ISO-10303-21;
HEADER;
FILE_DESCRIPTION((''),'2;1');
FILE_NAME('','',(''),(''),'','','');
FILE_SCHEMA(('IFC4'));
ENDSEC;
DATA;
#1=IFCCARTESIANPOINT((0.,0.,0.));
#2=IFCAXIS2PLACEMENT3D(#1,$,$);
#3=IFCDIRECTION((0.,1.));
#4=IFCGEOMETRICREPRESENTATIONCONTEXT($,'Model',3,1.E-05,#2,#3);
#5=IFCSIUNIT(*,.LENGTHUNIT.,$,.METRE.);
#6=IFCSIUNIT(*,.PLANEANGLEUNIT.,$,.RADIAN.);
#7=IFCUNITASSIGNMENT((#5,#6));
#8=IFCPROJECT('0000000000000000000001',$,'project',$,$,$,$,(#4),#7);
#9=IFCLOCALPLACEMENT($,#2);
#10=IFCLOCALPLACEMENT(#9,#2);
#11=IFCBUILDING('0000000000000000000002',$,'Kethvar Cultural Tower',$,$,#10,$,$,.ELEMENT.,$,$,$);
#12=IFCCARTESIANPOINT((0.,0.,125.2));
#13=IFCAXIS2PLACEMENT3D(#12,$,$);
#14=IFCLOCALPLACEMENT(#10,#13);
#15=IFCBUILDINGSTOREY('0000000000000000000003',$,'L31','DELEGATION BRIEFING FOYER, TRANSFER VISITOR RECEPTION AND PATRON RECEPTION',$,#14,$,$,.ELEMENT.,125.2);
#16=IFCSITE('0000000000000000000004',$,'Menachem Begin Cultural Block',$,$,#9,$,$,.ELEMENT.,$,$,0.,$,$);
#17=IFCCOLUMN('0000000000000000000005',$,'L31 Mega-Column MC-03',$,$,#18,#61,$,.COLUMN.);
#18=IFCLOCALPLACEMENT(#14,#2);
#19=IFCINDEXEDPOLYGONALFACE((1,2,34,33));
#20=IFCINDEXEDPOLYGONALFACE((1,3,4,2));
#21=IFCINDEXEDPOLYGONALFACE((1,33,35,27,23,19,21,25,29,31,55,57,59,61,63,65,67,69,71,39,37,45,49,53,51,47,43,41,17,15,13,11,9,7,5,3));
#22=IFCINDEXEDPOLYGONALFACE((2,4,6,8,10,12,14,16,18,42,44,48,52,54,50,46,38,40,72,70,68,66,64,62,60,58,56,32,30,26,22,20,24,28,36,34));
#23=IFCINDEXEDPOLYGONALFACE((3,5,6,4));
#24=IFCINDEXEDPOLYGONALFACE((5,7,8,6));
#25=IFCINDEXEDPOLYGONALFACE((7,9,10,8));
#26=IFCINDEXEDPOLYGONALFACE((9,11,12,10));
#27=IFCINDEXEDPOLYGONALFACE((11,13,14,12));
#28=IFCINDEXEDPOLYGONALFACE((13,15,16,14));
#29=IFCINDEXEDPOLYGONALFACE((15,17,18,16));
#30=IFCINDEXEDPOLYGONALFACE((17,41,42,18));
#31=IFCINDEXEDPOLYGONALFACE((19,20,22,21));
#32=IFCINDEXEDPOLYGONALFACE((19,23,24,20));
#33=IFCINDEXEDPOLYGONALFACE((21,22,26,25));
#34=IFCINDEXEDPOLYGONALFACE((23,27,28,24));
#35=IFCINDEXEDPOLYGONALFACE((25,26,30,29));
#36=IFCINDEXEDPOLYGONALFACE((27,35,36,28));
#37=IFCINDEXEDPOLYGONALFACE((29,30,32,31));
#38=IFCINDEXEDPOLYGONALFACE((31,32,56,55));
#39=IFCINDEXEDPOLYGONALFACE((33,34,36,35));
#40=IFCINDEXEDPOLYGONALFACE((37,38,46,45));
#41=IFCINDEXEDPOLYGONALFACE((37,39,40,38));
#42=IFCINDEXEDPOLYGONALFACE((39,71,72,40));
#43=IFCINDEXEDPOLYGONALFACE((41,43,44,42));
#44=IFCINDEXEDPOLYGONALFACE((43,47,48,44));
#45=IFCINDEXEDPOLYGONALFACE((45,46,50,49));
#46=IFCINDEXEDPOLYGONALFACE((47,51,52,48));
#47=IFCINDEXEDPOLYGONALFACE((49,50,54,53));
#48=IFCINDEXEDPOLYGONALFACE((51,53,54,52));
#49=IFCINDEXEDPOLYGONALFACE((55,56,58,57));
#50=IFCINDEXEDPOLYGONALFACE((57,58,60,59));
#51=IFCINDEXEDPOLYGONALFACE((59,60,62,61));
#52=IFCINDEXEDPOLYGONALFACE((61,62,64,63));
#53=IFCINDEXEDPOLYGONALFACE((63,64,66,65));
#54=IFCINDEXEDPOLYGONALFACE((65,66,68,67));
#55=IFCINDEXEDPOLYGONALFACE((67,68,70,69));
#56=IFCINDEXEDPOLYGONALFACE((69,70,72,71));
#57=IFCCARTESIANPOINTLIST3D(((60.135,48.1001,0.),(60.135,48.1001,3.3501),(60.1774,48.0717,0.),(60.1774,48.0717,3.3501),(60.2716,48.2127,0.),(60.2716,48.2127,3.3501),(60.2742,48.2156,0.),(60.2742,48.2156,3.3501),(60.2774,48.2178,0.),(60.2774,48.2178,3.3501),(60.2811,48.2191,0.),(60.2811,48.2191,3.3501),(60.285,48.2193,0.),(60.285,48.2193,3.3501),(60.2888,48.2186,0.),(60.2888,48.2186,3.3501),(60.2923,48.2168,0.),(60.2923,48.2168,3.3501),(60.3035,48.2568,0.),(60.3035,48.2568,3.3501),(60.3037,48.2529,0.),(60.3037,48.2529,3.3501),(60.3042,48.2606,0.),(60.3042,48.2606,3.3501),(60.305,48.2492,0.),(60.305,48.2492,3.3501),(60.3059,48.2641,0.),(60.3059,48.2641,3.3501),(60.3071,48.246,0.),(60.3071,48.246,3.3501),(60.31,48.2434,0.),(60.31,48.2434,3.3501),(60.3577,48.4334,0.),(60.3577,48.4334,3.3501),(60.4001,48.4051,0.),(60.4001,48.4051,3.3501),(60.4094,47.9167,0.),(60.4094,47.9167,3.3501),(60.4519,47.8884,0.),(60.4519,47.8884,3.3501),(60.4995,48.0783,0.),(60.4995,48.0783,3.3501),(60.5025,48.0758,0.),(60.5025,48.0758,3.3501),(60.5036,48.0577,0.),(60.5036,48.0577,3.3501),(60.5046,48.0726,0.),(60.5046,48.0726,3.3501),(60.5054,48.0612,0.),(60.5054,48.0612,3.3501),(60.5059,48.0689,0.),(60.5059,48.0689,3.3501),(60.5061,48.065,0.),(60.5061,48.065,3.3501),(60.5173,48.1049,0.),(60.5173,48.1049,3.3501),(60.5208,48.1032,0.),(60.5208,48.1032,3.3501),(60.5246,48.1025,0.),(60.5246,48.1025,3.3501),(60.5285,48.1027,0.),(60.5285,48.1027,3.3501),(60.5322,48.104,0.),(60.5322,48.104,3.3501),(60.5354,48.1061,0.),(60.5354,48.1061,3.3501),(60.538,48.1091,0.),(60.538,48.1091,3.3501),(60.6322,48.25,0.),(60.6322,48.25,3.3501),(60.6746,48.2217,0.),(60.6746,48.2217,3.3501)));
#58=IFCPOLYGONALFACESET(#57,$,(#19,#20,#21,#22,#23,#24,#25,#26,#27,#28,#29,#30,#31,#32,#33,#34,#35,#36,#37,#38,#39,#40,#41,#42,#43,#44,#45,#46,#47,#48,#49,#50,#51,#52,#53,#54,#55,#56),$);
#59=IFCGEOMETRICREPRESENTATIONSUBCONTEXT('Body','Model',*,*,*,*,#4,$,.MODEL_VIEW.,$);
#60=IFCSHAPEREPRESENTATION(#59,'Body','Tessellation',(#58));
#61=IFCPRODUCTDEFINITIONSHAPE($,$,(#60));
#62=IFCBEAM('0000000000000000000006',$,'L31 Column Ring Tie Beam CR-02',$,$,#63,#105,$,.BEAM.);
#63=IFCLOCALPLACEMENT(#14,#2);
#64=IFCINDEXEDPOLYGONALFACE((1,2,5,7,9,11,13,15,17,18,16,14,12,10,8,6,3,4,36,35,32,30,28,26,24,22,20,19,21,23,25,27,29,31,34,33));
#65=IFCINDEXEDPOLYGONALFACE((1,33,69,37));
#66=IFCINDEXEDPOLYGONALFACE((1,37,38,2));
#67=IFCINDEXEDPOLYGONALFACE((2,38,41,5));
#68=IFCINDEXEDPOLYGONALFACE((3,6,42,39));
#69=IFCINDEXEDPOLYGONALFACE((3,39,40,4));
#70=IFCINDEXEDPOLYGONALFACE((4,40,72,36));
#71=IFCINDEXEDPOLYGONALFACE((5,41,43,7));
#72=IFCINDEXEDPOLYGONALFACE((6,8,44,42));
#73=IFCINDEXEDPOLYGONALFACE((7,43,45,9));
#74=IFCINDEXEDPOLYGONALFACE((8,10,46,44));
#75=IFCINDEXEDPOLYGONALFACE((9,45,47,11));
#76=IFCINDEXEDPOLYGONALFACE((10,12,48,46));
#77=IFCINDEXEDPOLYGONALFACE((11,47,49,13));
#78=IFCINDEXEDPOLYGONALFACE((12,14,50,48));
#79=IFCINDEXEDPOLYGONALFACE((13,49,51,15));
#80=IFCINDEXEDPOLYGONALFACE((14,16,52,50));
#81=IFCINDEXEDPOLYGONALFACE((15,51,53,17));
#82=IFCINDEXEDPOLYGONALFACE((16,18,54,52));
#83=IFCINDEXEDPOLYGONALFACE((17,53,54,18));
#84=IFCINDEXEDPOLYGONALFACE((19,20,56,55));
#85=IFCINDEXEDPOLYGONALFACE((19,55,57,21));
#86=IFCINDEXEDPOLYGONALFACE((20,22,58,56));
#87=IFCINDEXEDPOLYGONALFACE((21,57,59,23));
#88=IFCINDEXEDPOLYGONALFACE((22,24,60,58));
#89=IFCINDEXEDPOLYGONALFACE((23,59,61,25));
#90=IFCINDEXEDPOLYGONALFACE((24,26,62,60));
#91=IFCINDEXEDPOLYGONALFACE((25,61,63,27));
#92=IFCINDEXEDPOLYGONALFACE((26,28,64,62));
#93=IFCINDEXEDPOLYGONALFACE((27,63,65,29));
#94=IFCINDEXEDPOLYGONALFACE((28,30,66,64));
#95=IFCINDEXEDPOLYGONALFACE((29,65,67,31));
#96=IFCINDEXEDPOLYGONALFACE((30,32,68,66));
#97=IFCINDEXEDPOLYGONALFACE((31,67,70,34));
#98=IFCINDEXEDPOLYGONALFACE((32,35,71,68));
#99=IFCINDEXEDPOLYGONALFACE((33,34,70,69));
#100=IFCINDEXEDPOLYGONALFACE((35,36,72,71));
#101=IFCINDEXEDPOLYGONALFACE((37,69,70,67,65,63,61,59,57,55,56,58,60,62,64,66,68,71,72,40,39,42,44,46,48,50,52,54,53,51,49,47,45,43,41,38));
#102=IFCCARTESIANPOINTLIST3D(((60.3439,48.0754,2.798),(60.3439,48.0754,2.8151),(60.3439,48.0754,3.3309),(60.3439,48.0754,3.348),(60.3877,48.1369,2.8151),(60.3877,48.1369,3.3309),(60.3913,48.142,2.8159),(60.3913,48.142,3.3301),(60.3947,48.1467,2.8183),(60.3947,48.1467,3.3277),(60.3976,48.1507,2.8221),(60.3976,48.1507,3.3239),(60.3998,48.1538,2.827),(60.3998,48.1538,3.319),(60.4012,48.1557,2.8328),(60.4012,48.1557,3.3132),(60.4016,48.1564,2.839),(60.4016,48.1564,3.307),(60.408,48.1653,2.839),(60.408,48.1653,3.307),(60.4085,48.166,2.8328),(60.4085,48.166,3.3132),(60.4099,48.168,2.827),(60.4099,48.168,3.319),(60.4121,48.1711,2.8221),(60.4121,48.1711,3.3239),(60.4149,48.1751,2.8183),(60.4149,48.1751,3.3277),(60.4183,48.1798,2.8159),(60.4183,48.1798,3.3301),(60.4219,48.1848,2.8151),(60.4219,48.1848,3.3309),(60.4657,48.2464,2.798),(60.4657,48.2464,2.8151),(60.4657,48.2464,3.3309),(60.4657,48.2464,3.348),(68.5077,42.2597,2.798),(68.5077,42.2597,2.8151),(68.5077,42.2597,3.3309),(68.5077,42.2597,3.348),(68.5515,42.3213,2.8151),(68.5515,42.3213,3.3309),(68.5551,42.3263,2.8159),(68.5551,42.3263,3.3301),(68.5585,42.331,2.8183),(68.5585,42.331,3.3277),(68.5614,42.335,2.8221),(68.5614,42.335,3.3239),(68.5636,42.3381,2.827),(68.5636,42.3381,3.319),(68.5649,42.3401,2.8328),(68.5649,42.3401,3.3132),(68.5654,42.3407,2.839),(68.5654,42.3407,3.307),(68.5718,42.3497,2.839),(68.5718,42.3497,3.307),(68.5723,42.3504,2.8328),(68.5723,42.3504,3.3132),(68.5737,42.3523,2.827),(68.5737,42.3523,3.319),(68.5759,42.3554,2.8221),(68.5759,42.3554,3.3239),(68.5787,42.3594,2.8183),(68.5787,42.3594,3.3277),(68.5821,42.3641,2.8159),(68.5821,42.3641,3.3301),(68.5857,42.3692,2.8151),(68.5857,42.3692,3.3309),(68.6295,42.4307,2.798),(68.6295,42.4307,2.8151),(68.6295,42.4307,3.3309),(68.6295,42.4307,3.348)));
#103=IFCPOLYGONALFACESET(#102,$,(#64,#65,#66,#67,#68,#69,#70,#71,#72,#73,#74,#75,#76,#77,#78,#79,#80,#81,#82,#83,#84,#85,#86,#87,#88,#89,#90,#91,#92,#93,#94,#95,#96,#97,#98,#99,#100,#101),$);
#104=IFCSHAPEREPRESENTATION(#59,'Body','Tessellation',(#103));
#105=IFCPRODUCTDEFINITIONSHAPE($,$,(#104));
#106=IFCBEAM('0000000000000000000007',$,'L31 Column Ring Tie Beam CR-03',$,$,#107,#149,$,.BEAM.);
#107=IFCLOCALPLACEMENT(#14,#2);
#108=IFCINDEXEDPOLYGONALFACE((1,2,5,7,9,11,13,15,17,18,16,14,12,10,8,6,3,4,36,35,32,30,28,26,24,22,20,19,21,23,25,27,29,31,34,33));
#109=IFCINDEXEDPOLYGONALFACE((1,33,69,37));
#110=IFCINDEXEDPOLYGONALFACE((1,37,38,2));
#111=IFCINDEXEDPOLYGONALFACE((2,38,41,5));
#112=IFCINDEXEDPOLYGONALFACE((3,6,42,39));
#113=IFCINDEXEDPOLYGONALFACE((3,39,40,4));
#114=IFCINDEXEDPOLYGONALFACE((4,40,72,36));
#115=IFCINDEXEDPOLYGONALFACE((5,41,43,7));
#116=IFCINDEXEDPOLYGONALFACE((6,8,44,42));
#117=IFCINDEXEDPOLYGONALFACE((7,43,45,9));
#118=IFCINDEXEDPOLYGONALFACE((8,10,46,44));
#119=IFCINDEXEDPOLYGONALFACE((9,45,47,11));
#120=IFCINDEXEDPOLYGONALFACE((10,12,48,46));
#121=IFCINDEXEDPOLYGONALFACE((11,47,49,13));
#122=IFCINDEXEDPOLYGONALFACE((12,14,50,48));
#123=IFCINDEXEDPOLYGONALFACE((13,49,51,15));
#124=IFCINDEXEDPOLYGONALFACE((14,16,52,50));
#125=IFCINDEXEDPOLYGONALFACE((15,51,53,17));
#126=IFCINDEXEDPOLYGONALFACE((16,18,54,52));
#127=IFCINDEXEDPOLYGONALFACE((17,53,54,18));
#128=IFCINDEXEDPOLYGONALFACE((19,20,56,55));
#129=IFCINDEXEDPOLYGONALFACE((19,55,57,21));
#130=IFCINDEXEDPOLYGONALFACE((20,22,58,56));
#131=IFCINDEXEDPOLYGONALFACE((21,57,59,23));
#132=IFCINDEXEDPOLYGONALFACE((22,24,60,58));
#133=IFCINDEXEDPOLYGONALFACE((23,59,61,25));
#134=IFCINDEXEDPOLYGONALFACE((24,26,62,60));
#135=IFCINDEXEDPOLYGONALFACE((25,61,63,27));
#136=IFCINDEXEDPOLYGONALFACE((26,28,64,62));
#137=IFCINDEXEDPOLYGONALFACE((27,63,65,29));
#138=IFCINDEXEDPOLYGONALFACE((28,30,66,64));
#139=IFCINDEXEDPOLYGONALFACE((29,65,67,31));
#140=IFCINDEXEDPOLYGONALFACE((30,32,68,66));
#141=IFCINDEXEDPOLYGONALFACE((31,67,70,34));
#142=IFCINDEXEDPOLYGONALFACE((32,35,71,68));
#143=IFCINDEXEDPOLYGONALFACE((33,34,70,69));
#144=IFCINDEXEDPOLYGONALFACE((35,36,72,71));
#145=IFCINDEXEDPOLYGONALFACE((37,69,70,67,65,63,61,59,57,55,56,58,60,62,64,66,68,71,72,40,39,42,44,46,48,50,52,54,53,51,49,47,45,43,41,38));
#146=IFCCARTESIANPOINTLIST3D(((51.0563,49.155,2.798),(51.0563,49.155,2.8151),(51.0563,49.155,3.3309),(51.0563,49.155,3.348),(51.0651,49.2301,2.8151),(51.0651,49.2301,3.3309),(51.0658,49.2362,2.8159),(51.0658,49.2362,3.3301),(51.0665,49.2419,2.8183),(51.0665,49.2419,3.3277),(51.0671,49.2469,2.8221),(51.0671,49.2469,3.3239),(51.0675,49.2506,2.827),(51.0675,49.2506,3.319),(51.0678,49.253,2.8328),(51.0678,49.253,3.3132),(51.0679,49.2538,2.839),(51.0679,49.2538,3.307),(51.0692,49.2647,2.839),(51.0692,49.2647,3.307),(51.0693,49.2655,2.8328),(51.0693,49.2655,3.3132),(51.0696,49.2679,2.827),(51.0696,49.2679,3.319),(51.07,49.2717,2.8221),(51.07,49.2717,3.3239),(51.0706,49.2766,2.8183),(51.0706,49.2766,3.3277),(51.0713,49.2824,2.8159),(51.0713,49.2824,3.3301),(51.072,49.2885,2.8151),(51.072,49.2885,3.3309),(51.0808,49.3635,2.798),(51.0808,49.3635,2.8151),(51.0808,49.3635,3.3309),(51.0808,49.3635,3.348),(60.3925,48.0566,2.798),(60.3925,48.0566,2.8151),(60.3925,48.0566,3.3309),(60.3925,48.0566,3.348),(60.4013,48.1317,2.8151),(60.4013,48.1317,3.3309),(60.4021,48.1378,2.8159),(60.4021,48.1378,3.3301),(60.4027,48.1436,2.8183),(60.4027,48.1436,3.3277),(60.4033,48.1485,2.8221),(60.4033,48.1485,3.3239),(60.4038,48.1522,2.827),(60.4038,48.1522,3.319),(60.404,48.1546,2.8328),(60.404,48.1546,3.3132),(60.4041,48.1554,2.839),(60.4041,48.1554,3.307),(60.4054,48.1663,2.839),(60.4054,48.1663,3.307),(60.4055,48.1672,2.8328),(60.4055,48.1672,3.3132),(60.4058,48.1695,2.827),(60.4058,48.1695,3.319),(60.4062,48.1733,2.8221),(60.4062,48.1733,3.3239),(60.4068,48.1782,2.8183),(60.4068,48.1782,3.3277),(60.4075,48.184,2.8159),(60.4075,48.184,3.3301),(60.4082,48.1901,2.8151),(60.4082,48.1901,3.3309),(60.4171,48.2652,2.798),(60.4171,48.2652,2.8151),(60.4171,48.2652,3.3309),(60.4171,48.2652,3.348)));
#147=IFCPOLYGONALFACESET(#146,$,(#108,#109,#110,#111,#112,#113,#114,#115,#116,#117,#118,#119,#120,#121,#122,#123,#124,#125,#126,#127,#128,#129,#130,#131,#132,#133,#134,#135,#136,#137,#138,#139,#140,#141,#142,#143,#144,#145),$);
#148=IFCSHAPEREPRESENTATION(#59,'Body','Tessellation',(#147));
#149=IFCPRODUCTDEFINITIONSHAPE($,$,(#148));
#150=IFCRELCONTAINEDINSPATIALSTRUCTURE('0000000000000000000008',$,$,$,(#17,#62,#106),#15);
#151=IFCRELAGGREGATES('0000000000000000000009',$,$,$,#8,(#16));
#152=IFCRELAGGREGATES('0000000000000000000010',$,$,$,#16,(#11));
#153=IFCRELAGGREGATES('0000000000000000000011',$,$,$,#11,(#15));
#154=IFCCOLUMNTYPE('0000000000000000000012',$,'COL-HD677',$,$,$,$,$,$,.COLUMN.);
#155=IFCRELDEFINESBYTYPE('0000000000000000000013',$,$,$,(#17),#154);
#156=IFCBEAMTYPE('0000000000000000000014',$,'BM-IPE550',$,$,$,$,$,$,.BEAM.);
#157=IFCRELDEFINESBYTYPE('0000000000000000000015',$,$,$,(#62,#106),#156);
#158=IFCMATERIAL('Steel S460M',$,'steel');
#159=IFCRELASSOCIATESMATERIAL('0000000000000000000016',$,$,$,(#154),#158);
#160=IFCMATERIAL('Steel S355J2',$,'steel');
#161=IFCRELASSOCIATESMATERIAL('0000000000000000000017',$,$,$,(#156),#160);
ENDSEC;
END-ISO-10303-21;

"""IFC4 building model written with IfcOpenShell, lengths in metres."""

from ifc_helpers import new_model, si_unit, direction, frame, origin, origin_2d, place, context, subcontext, project, spatial, i_section, extrude, source, transform, mapped, material, material_profile, profile_set, type_object, element, save


model = new_model("IFC4")

# Units and contexts
model_context = context("Model", 3, precision=1e-05, world=origin(), true_north=direction((0.0, 1.0)))
body_context = subcontext(model_context, "Body", "Model", "MODEL_VIEW")
ifc_project = project(units=[si_unit("LENGTHUNIT", "METRE"), si_unit("PLANEANGLEUNIT", "RADIAN")], contexts=[model_context])

# Site, building, storey
site_placement = place(None, origin())
site = spatial("IfcSite", under=ifc_project, at=site_placement, Name="Menachem Begin Cultural Block", CompositionType="ELEMENT", RefElevation=0.0)
building_placement = place(site_placement, origin())
building = spatial("IfcBuilding", under=site, at=building_placement, Name="Kethvar Cultural Tower", CompositionType="ELEMENT")
storey_placement = place(building_placement, frame((0.0, 0.0, 125.2)))
storey = spatial("IfcBuildingStorey", under=building, at=storey_placement, Name="L31", Description="DELEGATION BRIEFING FOYER, TRANSFER VISITOR RECEPTION AND PATRON RECEPTION", CompositionType="ELEMENT", Elevation=125.2)

# Column
ifc_material_1 = material(Name="Steel S460M", Category="steel")
ifc_material_profile_1 = material_profile(ifc_material_1, i_section(OverallWidth=0.4009, OverallDepth=0.3811, WebThickness=0.032, FlangeThickness=0.051, FilletRadius=0.0149, at=origin_2d()), Name="Steel S460M — HD400x677")
ifc_profile_set_1 = profile_set([ifc_material_profile_1], Name="Steel S460M — HD400x677")
column_type = type_object("IfcColumnType", Name="COL-HD677", PredefinedType="COLUMN", material=ifc_profile_set_1)
shared_shape_1 = source(origin(), body_context, "Body", "SweptSolid", [
    extrude(i_section(OverallWidth=0.4009, OverallDepth=0.3811, WebThickness=0.032, FlangeThickness=0.051, FilletRadius=0.0149, at=origin_2d()), origin(), (0.0, 0.0, 1.0), 3.3501),
])
column_placement = place(storey_placement, frame((60.4048, 48.1609, 0.0), z_axis=(0.0, 0.0, 1.0), x_axis=(0.55557, 0.83147, 0.0)))
element("IfcColumn", 1, at=column_placement, inside=storey, type_object=column_type, Name="L31 Mega-Column MC-03", PredefinedType="COLUMN", context=body_context, shape_type="MappedRepresentation", body=[
    mapped(shared_shape_1, transform((0.0, 0.0, 0.0), scale=1.0)),
])

# Beams
ifc_material_2 = material(Name="Steel S355J2", Category="steel")
ifc_material_profile_2 = material_profile(ifc_material_2, i_section(OverallWidth=0.21, OverallDepth=0.55, WebThickness=0.011, FlangeThickness=0.0171, FilletRadius=0.0239, at=origin_2d()), Name="Steel S355J2 — IPE550")
ifc_profile_set_2 = profile_set([ifc_material_profile_2], Name="Steel S355J2 — IPE550")
beam_type_1 = type_object("IfcBeamType", Name="BM-IPE550", PredefinedType="BEAM", material=ifc_profile_set_2)
shared_shape_2 = source(origin(), body_context, "Body", "SweptSolid", [
    extrude(i_section(OverallWidth=0.21, OverallDepth=0.55, WebThickness=0.011, FlangeThickness=0.0171, FilletRadius=0.0239, at=origin_2d()), origin(), (0.0, 0.0, 1.0), 10.0234),
])
beam_1_placement = place(storey_placement, frame((68.5686, 42.3452, 3.073), z_axis=(-0.81447, 0.580206, 0.0), x_axis=(-0.580206, -0.81447, 0.0)))
element("IfcBeam", 2, at=beam_1_placement, inside=storey, type_object=beam_type_1, Name="L31 Column Ring Tie Beam CR-02", PredefinedType="BEAM", context=body_context, shape_type="MappedRepresentation", body=[
    mapped(shared_shape_2, transform((0.0, 0.0, 0.0), scale=1.0)),
])
shared_shape_3 = source(origin(), body_context, "Body", "SweptSolid", [
    extrude(i_section(OverallWidth=0.21, OverallDepth=0.55, WebThickness=0.011, FlangeThickness=0.0171, FilletRadius=0.0239, at=origin_2d()), origin(), (0.0, 0.0, 1.0), 9.4006),
])
beam_2_placement = place(storey_placement, frame((60.4048, 48.1609, 3.073), z_axis=(-0.99315, 0.116843, 0.0), x_axis=(-0.116843, -0.99315, 0.0)))
element("IfcBeam", 3, at=beam_2_placement, inside=storey, type_object=beam_type_1, Name="L31 Column Ring Tie Beam CR-03", PredefinedType="BEAM", context=body_context, shape_type="MappedRepresentation", body=[
    mapped(shared_shape_3, transform((0.0, 0.0, 0.0), scale=1.0)),
])

save(model, "model.ifc")
